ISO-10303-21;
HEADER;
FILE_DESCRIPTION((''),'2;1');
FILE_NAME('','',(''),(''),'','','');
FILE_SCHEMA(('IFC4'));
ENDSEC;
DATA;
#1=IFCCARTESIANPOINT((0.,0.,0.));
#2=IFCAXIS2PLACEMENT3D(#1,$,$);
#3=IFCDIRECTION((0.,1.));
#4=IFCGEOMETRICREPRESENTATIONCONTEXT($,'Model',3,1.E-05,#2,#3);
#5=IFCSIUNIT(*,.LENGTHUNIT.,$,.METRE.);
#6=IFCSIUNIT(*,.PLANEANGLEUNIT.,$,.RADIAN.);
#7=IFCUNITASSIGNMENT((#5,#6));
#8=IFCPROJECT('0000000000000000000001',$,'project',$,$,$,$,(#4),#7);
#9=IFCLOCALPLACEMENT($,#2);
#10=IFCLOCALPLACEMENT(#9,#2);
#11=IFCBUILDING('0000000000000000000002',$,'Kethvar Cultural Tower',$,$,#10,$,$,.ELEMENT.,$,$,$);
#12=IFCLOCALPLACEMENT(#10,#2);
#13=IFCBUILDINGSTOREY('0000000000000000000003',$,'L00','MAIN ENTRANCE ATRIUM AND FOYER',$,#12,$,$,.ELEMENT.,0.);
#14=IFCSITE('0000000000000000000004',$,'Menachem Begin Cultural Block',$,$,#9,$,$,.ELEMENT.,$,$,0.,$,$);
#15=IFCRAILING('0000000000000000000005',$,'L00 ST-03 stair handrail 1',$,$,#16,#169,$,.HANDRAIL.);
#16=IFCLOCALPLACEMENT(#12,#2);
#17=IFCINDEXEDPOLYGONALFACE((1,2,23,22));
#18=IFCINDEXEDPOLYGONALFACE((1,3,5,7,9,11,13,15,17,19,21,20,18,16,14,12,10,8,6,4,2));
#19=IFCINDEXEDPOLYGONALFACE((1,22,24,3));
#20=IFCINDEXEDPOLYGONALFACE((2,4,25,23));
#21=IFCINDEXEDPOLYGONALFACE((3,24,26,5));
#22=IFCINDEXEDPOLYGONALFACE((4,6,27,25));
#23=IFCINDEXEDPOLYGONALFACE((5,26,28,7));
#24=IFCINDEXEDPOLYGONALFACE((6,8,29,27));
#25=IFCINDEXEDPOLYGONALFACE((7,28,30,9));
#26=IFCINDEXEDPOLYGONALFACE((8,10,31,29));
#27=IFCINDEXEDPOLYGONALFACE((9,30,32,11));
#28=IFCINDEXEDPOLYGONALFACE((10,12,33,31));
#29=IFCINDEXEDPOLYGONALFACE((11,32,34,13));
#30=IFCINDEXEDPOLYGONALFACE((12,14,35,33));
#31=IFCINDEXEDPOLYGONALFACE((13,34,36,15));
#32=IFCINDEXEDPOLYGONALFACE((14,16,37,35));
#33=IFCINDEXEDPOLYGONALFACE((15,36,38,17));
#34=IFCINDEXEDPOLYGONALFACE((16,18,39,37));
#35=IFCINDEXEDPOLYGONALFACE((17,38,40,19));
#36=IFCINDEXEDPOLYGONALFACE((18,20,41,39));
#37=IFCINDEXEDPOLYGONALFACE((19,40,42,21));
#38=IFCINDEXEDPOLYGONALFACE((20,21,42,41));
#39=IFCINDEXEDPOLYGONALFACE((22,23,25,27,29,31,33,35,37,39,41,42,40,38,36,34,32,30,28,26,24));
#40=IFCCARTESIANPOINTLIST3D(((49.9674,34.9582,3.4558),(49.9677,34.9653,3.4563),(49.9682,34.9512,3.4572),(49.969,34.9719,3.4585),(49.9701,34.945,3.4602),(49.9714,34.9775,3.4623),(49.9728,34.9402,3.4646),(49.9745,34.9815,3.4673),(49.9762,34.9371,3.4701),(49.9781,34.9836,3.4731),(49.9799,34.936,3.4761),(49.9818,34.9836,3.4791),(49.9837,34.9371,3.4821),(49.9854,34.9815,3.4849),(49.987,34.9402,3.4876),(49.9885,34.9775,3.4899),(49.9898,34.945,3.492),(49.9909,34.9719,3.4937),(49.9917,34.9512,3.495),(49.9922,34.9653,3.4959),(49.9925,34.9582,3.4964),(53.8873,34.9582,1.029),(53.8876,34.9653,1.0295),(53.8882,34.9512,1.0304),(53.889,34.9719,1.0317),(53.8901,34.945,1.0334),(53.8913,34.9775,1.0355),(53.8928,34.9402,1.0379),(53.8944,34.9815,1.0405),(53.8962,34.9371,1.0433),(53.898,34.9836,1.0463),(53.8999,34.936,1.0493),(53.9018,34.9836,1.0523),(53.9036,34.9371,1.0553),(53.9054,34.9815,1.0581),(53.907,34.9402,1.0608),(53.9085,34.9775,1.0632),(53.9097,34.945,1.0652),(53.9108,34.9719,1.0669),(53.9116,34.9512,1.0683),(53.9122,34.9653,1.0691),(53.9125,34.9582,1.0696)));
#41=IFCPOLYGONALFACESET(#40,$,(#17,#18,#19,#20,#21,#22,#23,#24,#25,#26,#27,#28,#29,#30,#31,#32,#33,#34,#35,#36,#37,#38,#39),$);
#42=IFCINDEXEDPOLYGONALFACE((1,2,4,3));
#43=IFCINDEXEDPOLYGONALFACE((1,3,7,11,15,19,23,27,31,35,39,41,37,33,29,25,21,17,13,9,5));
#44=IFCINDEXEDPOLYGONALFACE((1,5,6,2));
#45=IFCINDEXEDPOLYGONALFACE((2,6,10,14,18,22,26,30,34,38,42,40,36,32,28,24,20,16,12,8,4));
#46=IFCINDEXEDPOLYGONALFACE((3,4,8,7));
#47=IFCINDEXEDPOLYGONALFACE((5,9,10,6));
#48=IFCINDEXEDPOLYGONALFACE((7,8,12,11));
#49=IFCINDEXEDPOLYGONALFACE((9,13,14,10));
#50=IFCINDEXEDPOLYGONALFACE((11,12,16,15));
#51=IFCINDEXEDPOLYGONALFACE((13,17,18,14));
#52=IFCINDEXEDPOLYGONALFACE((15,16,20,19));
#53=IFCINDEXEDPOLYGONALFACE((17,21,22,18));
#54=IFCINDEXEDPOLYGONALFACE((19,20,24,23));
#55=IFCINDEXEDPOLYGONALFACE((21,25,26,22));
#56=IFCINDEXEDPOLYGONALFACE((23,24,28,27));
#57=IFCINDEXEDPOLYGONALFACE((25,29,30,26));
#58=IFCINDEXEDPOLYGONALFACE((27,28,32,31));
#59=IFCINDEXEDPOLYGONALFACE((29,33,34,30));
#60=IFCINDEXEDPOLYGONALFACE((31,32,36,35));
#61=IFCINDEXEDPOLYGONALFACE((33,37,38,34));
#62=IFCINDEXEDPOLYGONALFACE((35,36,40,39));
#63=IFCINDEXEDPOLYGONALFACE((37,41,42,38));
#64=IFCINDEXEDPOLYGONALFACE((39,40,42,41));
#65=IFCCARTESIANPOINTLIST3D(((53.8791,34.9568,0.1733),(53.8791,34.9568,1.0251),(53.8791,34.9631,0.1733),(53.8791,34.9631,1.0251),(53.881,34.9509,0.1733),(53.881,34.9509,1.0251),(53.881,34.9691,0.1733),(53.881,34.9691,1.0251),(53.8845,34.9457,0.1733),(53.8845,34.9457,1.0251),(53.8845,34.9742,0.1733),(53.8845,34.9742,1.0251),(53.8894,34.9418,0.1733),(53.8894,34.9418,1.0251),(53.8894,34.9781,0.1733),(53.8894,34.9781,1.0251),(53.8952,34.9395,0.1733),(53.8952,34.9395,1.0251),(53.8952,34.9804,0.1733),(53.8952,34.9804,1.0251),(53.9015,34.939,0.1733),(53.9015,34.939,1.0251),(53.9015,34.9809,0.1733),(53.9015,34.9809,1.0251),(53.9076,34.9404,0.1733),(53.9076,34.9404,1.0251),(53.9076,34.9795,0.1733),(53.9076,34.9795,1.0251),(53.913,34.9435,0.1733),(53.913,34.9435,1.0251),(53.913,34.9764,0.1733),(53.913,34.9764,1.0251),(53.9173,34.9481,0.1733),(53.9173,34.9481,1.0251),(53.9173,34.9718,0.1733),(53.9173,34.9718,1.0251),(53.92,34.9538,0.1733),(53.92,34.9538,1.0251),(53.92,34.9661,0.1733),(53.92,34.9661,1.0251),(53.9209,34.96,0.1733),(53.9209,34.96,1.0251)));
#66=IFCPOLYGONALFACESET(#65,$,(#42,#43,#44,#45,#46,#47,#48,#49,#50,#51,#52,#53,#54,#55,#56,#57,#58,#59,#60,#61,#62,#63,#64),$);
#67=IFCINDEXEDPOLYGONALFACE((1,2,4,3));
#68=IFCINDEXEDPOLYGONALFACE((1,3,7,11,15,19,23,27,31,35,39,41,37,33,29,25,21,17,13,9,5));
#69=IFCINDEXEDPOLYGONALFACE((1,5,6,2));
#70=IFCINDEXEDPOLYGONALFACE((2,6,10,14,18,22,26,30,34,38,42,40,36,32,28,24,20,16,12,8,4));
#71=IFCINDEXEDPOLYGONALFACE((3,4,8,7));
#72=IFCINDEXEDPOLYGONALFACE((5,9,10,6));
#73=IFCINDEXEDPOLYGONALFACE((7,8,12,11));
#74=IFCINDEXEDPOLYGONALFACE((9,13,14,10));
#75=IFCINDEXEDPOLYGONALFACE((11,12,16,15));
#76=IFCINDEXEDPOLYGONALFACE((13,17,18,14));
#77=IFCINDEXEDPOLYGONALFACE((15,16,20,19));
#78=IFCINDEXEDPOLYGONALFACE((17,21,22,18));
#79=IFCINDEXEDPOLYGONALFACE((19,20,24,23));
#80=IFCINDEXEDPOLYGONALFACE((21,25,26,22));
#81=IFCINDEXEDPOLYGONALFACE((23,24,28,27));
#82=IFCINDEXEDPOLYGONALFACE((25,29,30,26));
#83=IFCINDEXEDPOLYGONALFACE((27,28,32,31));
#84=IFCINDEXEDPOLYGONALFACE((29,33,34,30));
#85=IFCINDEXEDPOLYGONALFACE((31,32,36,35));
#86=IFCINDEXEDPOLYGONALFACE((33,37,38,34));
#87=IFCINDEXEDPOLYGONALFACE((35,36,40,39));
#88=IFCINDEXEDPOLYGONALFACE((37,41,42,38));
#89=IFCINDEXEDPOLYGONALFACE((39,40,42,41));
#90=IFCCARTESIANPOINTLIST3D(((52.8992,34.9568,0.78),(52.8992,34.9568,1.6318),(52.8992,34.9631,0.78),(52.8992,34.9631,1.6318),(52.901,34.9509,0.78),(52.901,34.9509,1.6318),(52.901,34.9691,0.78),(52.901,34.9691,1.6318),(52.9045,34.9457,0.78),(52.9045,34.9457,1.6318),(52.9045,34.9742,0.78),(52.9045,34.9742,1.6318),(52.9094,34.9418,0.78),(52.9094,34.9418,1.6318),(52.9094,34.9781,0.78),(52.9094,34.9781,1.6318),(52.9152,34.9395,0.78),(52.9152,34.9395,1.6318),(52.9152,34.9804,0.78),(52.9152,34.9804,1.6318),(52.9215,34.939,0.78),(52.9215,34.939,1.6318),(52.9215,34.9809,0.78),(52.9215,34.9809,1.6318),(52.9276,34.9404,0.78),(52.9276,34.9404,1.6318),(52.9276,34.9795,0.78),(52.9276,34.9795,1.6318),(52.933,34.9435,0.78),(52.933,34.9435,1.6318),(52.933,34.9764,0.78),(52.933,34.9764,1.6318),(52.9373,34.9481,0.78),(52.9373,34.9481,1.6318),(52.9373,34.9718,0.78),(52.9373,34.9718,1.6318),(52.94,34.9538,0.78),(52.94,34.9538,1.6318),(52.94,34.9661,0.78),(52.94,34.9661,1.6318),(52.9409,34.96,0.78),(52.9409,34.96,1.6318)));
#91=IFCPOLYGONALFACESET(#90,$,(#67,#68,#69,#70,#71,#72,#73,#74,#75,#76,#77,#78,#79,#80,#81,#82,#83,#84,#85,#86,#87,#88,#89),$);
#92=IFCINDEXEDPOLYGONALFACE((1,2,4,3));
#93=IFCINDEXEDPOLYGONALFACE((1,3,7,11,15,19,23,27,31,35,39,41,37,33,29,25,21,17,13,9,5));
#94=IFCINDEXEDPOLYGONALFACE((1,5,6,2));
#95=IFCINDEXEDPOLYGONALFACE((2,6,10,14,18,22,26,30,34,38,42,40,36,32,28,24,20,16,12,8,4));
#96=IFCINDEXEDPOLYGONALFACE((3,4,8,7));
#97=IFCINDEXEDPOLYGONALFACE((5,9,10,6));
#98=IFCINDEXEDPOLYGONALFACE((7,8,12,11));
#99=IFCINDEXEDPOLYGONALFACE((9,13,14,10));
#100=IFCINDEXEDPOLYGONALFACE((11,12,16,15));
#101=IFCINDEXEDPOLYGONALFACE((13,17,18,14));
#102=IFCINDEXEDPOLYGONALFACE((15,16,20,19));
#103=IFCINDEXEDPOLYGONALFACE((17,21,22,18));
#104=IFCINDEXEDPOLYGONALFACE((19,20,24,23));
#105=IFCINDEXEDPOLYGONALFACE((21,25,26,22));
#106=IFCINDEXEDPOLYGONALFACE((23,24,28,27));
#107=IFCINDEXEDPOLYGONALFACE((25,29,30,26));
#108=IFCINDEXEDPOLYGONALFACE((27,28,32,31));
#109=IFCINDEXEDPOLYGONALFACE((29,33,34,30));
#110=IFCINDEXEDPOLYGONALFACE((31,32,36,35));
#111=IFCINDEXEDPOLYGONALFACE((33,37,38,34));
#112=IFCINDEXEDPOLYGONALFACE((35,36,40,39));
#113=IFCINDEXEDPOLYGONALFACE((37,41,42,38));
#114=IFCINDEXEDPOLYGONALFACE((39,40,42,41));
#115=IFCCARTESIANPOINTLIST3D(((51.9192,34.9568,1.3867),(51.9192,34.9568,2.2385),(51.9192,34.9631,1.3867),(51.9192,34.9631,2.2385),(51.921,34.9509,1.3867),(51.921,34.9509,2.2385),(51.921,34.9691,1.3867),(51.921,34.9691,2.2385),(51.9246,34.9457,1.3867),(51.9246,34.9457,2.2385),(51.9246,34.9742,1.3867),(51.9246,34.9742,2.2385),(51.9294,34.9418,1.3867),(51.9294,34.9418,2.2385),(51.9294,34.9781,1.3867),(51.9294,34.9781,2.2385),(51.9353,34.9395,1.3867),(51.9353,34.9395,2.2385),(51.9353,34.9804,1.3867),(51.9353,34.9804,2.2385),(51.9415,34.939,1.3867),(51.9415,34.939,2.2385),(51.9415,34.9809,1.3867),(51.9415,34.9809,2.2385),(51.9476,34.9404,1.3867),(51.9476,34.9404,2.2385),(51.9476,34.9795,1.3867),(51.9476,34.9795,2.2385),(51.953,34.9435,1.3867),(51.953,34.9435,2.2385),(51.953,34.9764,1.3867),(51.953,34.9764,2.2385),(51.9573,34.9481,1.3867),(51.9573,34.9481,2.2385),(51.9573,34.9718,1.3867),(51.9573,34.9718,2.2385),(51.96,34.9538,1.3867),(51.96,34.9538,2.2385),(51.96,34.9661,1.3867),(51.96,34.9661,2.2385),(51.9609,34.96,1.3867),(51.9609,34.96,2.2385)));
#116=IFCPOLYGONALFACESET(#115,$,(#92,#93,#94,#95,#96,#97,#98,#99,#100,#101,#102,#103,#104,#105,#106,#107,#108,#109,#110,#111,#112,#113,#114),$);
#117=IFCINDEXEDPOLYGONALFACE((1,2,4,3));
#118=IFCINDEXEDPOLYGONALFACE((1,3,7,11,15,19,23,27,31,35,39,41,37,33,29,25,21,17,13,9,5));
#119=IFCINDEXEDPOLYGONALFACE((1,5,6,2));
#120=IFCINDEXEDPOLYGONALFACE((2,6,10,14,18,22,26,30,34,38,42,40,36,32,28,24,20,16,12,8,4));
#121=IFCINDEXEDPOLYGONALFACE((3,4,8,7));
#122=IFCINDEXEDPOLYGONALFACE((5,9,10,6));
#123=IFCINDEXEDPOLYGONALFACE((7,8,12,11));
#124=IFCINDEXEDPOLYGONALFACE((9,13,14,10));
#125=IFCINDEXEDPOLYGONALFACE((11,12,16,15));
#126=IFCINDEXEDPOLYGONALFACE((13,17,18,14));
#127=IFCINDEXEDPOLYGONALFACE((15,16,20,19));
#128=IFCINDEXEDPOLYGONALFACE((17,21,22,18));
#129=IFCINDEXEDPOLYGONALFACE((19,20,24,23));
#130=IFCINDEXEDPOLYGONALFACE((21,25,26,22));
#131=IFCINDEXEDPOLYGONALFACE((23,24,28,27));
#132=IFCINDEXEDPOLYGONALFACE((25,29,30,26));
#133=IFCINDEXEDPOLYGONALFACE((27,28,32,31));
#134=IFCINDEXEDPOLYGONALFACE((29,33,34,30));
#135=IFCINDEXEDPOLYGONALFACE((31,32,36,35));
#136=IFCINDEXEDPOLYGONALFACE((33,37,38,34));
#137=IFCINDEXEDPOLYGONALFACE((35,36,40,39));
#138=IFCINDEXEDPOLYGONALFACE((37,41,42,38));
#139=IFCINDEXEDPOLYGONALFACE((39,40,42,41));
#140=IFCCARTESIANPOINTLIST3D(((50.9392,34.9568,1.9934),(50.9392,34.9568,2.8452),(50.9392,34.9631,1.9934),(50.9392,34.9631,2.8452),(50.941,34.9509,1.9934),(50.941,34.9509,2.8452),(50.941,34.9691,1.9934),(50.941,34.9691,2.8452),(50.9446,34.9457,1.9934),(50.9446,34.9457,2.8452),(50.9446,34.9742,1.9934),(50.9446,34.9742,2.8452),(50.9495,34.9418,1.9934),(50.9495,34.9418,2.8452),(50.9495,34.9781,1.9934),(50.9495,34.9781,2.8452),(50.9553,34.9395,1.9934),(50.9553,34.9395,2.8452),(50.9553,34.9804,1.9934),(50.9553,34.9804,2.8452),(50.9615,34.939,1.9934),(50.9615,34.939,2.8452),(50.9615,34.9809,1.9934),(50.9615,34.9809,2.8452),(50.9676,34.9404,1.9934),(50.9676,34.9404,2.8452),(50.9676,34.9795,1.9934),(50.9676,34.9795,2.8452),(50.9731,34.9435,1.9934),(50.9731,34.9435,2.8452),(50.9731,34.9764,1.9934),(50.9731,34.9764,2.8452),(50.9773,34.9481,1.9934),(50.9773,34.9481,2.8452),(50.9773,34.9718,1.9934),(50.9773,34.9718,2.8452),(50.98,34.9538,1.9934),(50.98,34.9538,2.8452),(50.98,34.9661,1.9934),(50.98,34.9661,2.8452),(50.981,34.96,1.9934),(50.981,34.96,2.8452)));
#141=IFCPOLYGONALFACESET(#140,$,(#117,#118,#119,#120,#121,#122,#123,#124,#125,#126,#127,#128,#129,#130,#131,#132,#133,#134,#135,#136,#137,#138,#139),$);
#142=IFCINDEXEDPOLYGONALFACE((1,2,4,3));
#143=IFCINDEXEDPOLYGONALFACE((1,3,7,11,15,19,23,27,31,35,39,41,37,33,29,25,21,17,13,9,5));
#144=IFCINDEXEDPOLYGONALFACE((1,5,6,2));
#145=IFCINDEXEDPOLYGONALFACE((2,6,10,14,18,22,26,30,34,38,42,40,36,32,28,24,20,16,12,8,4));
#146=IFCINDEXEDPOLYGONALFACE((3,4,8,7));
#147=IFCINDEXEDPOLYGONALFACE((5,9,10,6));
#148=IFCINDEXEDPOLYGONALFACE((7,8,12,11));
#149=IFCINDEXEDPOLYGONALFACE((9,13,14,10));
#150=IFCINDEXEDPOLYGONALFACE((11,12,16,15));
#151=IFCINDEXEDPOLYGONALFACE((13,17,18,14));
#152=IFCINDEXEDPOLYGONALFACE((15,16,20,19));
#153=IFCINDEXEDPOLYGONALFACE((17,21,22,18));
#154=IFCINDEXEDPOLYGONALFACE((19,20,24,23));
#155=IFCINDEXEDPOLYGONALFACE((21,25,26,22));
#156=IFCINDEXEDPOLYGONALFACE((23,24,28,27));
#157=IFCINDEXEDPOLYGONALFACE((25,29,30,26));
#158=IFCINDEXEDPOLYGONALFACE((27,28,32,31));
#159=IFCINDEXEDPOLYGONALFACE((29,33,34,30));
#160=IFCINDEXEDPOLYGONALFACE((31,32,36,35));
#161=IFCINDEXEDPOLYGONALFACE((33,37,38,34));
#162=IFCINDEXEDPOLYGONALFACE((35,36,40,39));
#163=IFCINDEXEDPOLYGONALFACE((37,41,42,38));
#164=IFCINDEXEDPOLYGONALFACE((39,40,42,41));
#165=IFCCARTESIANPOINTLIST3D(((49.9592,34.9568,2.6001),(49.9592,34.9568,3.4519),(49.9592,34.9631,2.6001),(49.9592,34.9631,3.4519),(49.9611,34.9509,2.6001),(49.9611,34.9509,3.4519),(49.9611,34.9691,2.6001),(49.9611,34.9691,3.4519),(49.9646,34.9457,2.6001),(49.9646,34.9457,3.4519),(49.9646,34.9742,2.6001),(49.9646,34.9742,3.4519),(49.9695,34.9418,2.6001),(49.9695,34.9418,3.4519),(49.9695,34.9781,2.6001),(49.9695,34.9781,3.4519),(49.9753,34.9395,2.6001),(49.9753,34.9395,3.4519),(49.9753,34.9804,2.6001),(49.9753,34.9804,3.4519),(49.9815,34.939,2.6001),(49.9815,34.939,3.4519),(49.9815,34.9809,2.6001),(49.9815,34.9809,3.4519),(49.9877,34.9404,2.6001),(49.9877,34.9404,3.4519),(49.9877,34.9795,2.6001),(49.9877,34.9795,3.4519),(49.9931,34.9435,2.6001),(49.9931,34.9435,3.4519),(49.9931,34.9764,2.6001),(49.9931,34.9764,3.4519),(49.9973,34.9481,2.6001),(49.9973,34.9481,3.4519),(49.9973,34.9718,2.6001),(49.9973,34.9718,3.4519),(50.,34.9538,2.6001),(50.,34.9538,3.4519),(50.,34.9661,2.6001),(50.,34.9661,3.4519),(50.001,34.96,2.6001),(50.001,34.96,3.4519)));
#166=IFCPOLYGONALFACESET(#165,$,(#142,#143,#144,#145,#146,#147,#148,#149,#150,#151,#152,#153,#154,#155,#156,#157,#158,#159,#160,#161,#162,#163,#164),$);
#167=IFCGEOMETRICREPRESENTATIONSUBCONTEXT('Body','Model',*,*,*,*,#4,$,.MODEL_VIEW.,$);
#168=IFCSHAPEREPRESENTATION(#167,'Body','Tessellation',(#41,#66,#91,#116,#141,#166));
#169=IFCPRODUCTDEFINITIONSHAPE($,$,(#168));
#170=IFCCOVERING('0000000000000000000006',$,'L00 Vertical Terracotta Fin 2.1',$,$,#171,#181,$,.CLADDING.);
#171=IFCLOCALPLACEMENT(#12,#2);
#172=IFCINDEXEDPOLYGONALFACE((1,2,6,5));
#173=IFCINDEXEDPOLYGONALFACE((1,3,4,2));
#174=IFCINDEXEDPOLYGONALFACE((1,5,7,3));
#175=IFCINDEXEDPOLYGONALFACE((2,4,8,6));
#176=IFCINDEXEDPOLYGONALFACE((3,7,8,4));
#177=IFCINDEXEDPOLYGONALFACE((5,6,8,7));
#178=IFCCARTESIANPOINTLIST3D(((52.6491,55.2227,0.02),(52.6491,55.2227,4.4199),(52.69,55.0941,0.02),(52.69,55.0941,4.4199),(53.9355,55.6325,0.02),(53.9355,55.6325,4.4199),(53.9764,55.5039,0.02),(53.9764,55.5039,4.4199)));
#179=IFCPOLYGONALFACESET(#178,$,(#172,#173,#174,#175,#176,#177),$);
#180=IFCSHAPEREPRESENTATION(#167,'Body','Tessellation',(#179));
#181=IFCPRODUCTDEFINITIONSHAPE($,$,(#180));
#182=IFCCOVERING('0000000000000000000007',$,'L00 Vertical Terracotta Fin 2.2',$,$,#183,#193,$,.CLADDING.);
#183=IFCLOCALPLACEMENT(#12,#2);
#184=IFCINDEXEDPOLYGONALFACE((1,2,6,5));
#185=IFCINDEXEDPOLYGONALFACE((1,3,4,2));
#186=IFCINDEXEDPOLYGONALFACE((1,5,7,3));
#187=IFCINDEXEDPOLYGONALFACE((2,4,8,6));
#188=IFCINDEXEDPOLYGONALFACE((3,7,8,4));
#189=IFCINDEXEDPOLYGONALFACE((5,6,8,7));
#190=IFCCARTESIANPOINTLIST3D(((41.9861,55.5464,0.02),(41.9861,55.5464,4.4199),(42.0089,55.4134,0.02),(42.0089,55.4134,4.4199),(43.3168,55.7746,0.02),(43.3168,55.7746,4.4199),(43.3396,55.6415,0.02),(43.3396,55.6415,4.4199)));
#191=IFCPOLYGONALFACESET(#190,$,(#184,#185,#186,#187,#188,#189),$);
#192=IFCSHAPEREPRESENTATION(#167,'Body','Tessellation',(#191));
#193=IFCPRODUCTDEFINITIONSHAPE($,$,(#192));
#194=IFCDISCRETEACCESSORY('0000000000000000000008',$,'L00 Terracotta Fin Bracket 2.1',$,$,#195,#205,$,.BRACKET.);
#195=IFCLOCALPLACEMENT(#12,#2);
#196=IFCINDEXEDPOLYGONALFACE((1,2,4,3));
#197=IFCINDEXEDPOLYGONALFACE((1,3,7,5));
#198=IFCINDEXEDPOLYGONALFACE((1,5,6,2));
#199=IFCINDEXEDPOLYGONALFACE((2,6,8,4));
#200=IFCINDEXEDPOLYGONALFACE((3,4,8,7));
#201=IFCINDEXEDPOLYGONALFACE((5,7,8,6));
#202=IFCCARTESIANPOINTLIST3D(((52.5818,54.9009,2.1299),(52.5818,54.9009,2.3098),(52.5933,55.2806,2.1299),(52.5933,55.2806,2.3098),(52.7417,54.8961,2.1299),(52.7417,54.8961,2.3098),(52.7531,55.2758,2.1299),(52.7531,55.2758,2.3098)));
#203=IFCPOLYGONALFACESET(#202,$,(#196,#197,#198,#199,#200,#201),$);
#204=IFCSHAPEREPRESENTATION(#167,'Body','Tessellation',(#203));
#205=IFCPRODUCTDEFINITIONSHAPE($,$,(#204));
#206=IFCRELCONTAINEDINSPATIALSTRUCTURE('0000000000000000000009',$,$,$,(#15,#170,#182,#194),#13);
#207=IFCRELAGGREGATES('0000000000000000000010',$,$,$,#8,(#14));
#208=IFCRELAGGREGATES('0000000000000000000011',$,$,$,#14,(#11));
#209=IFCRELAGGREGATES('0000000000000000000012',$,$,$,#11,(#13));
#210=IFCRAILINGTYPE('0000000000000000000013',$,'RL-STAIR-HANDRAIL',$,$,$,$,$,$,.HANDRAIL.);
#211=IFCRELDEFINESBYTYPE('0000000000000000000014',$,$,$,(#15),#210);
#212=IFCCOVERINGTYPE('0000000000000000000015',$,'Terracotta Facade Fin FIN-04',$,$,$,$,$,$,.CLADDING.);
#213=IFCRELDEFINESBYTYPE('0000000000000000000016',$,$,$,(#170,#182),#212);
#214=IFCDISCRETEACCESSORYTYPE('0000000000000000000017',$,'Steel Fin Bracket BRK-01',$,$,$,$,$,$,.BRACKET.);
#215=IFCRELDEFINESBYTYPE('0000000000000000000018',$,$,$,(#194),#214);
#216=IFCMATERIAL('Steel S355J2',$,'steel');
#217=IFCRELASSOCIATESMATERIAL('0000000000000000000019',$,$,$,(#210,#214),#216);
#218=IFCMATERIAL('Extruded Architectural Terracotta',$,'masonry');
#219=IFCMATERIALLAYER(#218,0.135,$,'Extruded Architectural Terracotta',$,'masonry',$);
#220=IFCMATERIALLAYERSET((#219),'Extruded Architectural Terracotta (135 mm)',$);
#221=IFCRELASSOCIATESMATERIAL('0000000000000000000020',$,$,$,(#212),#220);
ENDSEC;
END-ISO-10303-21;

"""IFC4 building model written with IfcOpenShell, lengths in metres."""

from ifc_helpers import new_model, si_unit, direction, frame, origin, origin_2d, place, context, subcontext, project, spatial, rectangle, circle, extrude, source, transform, mapped, material, layer, layer_set, type_object, element, save


model = new_model("IFC4")

# Units and contexts
model_context = context("Model", 3, precision=1e-05, world=origin(), true_north=direction((0.0, 1.0)))
body_context = subcontext(model_context, "Body", "Model", "MODEL_VIEW")
ifc_project = project(units=[si_unit("LENGTHUNIT", "METRE"), si_unit("PLANEANGLEUNIT", "RADIAN")], contexts=[model_context])

# Site, building, storey
site_placement = place(None, origin())
site = spatial("IfcSite", under=ifc_project, at=site_placement, Name="Menachem Begin Cultural Block", CompositionType="ELEMENT", RefElevation=0.0)
building_placement = place(site_placement, origin())
building = spatial("IfcBuilding", under=site, at=building_placement, Name="Kethvar Cultural Tower", CompositionType="ELEMENT")
storey_placement = place(building_placement, origin())
storey = spatial("IfcBuildingStorey", under=building, at=storey_placement, Name="L00", Description="MAIN ENTRANCE ATRIUM AND FOYER", CompositionType="ELEMENT", Elevation=0.0)

# Shared definitions
ifc_material_1 = material(Name="Steel S355J2", Category="steel")

# Railing
railing_type_1 = type_object("IfcRailingType", Name="RL-STAIR-HANDRAIL", PredefinedType="HANDRAIL", material=ifc_material_1)
railing_1_placement = place(storey_placement, frame((53.8999, 34.96, 0.1733)))
element("IfcRailing", 1, at=railing_1_placement, inside=storey, type_object=railing_type_1, Name="L00 ST-03 stair handrail 1", PredefinedType="HANDRAIL", context=body_context, shape_type="SweptSolid", body=[
    extrude(circle(Radius=0.0239, at=origin_2d()), frame((0.0, 0.0, 0.876), z_axis=(-0.850252, 0.0, 0.526376), x_axis=(0.0, -1.0, 0.0)), (0.0, 0.0, 1.0), 4.6104),
    extrude(circle(Radius=0.021, at=origin_2d()), origin(), (0.0, 0.0, 1.0), 0.8518),
    extrude(circle(Radius=0.021, at=origin_2d()), frame((-0.98, 0.0, 0.6067)), (0.0, 0.0, 1.0), 0.8518),
    extrude(circle(Radius=0.021, at=origin_2d()), frame((-1.96, 0.0, 1.2134)), (0.0, 0.0, 1.0), 0.8518),
    extrude(circle(Radius=0.021, at=origin_2d()), frame((-2.9399, 0.0, 1.8201)), (0.0, 0.0, 1.0), 0.8518),
    extrude(circle(Radius=0.021, at=origin_2d()), frame((-3.9199, 0.0, 2.4268)), (0.0, 0.0, 1.0), 0.8518),
])

# Coverings
ifc_material_2 = material(Name="Extruded Architectural Terracotta", Category="masonry")
ifc_layer_1 = layer(ifc_material_2, 0.135, Name="Extruded Architectural Terracotta", Category="masonry")
ifc_layer_set_1 = layer_set([ifc_layer_1], Name="Extruded Architectural Terracotta (135 mm)")
covering_type = type_object("IfcCoveringType", Name="Terracotta Facade Fin FIN-04", PredefinedType="CLADDING", material=ifc_layer_set_1)
shared_shape_1 = source(origin(), body_context, "Body", "SweptSolid", [
    extrude(rectangle(XDim=1.3501, YDim=0.135, at=origin_2d()), origin(), (0.0, 0.0, 1.0), 4.3999),
])
for number, where, z_axis, x_axis, name in (
    (2, (53.3127, 55.3633, 0.02), (0.0, 0.0, 1.0), (0.952821, 0.303534, 0.0), "L00 Vertical Terracotta Fin 2.1"),
    (3, (42.6628, 55.594, 0.02), (0.0, 0.0, 1.0), (0.985615, 0.169005, 0.0), "L00 Vertical Terracotta Fin 2.2"),
):
    element("IfcCovering", number, at=place(storey_placement, frame(where, z_axis=z_axis, x_axis=x_axis)), inside=storey, type_object=covering_type, Name=name, PredefinedType="CLADDING", context=body_context, shape_type="MappedRepresentation", body=[
        mapped(shared_shape_1, transform((0.0, 0.0, 0.0), scale=1.0)),
    ])

# Discrete accessory
discrete_accessory_type = type_object("IfcDiscreteAccessoryType", Name="Steel Fin Bracket BRK-01", PredefinedType="BRACKET", material=ifc_material_1)
shared_shape_2 = source(origin(), body_context, "Body", "SweptSolid", [
    extrude(rectangle(XDim=0.3799, YDim=0.1599, at=origin_2d()), origin(), (0.0, 0.0, 1.0), 0.1799),
])
discrete_accessory_placement = place(storey_placement, frame((52.6675, 55.0884, 2.1299), z_axis=(0.0, 0.0, 1.0), x_axis=(0.03019, 0.999544, 0.0)))
element("IfcDiscreteAccessory", 4, at=discrete_accessory_placement, inside=storey, type_object=discrete_accessory_type, Name="L00 Terracotta Fin Bracket 2.1", PredefinedType="BRACKET", context=body_context, shape_type="MappedRepresentation", body=[
    mapped(shared_shape_2, transform((0.0, 0.0, 0.0), scale=1.0)),
])

save(model, "model.ifc")
